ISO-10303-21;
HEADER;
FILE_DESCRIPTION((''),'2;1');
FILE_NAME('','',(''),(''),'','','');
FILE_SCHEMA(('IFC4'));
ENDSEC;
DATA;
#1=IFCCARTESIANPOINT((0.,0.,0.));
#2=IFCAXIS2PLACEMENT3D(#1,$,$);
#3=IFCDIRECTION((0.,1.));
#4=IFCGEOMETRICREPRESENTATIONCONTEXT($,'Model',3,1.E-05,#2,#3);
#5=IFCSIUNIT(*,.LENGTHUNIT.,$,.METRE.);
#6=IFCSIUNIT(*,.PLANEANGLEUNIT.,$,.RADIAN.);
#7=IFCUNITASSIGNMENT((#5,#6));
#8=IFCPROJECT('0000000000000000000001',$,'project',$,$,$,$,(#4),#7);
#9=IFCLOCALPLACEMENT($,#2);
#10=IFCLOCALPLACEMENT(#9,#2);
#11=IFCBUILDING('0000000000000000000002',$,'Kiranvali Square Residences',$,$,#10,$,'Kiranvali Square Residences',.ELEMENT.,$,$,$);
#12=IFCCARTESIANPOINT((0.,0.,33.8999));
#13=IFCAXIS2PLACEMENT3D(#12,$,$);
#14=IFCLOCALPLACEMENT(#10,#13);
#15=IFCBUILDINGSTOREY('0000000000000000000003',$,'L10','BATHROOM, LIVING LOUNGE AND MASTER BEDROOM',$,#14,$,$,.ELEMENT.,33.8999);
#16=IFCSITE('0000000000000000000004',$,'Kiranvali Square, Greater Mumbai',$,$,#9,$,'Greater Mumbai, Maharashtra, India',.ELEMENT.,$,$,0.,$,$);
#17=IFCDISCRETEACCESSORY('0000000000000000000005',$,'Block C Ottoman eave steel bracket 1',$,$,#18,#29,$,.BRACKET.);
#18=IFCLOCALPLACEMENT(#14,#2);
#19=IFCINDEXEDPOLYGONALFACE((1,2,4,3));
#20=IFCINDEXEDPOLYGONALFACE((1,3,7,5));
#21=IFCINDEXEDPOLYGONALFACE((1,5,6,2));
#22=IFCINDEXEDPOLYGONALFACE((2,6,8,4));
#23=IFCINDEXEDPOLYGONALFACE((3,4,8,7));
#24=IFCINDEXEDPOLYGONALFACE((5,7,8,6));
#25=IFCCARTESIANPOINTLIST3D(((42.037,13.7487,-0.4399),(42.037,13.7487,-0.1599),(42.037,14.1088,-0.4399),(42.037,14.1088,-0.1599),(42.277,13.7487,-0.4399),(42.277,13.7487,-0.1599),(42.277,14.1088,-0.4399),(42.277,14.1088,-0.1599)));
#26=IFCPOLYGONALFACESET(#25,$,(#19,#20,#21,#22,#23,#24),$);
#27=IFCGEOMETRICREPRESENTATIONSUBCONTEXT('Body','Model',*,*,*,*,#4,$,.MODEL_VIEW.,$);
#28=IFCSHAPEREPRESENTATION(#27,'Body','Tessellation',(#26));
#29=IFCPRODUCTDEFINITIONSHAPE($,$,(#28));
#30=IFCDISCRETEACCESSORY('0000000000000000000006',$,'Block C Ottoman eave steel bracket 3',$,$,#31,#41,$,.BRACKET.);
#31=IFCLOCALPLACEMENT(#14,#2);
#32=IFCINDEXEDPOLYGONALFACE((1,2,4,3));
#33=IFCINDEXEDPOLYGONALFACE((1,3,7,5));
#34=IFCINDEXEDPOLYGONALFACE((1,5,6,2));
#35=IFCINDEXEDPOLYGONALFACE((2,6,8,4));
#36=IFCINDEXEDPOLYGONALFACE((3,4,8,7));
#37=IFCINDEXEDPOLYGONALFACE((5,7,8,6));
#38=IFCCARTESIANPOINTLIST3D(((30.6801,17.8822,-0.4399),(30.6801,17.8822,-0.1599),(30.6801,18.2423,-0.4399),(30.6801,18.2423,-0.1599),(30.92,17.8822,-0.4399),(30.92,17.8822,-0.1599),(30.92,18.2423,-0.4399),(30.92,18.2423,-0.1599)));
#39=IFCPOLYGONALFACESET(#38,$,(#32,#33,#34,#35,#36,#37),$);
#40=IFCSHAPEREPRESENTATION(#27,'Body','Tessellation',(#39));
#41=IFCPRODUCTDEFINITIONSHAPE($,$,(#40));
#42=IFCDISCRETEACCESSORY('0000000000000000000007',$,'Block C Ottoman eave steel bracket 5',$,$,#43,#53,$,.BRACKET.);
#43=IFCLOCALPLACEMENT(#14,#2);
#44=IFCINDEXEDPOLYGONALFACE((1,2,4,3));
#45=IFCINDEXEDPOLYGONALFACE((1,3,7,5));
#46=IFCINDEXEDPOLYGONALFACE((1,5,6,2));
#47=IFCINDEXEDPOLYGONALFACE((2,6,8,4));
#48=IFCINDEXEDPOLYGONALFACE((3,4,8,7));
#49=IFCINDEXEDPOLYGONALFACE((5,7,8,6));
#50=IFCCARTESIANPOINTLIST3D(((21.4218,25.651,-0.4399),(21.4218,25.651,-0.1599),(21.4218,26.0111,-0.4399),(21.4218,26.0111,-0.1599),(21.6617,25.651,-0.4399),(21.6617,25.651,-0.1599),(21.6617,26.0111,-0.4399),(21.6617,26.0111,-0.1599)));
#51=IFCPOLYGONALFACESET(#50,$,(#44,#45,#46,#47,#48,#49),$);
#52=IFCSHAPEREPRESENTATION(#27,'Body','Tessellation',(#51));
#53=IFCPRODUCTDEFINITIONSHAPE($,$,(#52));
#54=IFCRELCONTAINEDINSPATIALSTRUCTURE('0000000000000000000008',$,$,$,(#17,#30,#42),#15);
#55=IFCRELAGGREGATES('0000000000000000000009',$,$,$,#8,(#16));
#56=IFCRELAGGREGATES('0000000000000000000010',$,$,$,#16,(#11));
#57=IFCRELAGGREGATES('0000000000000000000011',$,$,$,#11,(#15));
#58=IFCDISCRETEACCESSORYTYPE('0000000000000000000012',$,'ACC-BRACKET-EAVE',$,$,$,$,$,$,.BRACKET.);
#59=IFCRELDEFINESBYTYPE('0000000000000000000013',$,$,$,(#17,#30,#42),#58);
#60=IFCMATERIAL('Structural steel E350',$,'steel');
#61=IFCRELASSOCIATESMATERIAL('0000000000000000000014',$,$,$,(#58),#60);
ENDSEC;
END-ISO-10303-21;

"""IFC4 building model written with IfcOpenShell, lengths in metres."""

from ifc_helpers import new_model, si_unit, direction, frame, origin, origin_2d, place, context, subcontext, project, spatial, rectangle, extrude, material, type_object, element, save


model = new_model("IFC4")

# Units and contexts
model_context = context("Model", 3, precision=1e-05, world=origin(), true_north=direction((0.0, 1.0)))
body_context = subcontext(model_context, "Body", "Model", "MODEL_VIEW")
ifc_project = project(units=[si_unit("LENGTHUNIT", "METRE"), si_unit("PLANEANGLEUNIT", "RADIAN")], contexts=[model_context])

# Site, building, storey
site_placement = place(None, origin())
site = spatial("IfcSite", under=ifc_project, at=site_placement, Name="Kiranvali Square, Greater Mumbai", LongName="Greater Mumbai, Maharashtra, India", CompositionType="ELEMENT", RefElevation=0.0)
building_placement = place(site_placement, origin())
building = spatial("IfcBuilding", under=site, at=building_placement, Name="Kiranvali Square Residences", LongName="Kiranvali Square Residences", CompositionType="ELEMENT")
storey_placement = place(building_placement, frame((0.0, 0.0, 33.8999)))
storey = spatial("IfcBuildingStorey", under=building, at=storey_placement, Name="L10", Description="BATHROOM, LIVING LOUNGE AND MASTER BEDROOM", CompositionType="ELEMENT", Elevation=33.8999)

# Shared definitions
ifc_material_1 = material(Name="Structural steel E350", Category="steel")

# Discrete accessories
discrete_accessory_type = type_object("IfcDiscreteAccessoryType", Name="ACC-BRACKET-EAVE", PredefinedType="BRACKET", material=ifc_material_1)
for number, where, z_axis, x_axis, name in (
    (1, (42.157, 13.9287, -0.4399), (0.0, 0.0, 1.0), (1.0, 0.0, 0.0), "Block C Ottoman eave steel bracket 1"),
    (2, (30.8, 18.0623, -0.4399), (0.0, 0.0, 1.0), (1.0, 0.0, 0.0), "Block C Ottoman eave steel bracket 3"),
    (3, (21.5417, 25.8311, -0.4399), (0.0, 0.0, 1.0), (1.0, 0.0, 0.0), "Block C Ottoman eave steel bracket 5"),
):
    element("IfcDiscreteAccessory", number, at=place(storey_placement, frame(where, z_axis=z_axis, x_axis=x_axis)), inside=storey, type_object=discrete_accessory_type, Name=name, PredefinedType="BRACKET", context=body_context, shape_type="SweptSolid", body=[
        extrude(rectangle(XDim=0.24, YDim=0.3601, at=origin_2d()), origin(), (0.0, 0.0, 1.0), 0.28),
    ])

save(model, "model.ifc")
